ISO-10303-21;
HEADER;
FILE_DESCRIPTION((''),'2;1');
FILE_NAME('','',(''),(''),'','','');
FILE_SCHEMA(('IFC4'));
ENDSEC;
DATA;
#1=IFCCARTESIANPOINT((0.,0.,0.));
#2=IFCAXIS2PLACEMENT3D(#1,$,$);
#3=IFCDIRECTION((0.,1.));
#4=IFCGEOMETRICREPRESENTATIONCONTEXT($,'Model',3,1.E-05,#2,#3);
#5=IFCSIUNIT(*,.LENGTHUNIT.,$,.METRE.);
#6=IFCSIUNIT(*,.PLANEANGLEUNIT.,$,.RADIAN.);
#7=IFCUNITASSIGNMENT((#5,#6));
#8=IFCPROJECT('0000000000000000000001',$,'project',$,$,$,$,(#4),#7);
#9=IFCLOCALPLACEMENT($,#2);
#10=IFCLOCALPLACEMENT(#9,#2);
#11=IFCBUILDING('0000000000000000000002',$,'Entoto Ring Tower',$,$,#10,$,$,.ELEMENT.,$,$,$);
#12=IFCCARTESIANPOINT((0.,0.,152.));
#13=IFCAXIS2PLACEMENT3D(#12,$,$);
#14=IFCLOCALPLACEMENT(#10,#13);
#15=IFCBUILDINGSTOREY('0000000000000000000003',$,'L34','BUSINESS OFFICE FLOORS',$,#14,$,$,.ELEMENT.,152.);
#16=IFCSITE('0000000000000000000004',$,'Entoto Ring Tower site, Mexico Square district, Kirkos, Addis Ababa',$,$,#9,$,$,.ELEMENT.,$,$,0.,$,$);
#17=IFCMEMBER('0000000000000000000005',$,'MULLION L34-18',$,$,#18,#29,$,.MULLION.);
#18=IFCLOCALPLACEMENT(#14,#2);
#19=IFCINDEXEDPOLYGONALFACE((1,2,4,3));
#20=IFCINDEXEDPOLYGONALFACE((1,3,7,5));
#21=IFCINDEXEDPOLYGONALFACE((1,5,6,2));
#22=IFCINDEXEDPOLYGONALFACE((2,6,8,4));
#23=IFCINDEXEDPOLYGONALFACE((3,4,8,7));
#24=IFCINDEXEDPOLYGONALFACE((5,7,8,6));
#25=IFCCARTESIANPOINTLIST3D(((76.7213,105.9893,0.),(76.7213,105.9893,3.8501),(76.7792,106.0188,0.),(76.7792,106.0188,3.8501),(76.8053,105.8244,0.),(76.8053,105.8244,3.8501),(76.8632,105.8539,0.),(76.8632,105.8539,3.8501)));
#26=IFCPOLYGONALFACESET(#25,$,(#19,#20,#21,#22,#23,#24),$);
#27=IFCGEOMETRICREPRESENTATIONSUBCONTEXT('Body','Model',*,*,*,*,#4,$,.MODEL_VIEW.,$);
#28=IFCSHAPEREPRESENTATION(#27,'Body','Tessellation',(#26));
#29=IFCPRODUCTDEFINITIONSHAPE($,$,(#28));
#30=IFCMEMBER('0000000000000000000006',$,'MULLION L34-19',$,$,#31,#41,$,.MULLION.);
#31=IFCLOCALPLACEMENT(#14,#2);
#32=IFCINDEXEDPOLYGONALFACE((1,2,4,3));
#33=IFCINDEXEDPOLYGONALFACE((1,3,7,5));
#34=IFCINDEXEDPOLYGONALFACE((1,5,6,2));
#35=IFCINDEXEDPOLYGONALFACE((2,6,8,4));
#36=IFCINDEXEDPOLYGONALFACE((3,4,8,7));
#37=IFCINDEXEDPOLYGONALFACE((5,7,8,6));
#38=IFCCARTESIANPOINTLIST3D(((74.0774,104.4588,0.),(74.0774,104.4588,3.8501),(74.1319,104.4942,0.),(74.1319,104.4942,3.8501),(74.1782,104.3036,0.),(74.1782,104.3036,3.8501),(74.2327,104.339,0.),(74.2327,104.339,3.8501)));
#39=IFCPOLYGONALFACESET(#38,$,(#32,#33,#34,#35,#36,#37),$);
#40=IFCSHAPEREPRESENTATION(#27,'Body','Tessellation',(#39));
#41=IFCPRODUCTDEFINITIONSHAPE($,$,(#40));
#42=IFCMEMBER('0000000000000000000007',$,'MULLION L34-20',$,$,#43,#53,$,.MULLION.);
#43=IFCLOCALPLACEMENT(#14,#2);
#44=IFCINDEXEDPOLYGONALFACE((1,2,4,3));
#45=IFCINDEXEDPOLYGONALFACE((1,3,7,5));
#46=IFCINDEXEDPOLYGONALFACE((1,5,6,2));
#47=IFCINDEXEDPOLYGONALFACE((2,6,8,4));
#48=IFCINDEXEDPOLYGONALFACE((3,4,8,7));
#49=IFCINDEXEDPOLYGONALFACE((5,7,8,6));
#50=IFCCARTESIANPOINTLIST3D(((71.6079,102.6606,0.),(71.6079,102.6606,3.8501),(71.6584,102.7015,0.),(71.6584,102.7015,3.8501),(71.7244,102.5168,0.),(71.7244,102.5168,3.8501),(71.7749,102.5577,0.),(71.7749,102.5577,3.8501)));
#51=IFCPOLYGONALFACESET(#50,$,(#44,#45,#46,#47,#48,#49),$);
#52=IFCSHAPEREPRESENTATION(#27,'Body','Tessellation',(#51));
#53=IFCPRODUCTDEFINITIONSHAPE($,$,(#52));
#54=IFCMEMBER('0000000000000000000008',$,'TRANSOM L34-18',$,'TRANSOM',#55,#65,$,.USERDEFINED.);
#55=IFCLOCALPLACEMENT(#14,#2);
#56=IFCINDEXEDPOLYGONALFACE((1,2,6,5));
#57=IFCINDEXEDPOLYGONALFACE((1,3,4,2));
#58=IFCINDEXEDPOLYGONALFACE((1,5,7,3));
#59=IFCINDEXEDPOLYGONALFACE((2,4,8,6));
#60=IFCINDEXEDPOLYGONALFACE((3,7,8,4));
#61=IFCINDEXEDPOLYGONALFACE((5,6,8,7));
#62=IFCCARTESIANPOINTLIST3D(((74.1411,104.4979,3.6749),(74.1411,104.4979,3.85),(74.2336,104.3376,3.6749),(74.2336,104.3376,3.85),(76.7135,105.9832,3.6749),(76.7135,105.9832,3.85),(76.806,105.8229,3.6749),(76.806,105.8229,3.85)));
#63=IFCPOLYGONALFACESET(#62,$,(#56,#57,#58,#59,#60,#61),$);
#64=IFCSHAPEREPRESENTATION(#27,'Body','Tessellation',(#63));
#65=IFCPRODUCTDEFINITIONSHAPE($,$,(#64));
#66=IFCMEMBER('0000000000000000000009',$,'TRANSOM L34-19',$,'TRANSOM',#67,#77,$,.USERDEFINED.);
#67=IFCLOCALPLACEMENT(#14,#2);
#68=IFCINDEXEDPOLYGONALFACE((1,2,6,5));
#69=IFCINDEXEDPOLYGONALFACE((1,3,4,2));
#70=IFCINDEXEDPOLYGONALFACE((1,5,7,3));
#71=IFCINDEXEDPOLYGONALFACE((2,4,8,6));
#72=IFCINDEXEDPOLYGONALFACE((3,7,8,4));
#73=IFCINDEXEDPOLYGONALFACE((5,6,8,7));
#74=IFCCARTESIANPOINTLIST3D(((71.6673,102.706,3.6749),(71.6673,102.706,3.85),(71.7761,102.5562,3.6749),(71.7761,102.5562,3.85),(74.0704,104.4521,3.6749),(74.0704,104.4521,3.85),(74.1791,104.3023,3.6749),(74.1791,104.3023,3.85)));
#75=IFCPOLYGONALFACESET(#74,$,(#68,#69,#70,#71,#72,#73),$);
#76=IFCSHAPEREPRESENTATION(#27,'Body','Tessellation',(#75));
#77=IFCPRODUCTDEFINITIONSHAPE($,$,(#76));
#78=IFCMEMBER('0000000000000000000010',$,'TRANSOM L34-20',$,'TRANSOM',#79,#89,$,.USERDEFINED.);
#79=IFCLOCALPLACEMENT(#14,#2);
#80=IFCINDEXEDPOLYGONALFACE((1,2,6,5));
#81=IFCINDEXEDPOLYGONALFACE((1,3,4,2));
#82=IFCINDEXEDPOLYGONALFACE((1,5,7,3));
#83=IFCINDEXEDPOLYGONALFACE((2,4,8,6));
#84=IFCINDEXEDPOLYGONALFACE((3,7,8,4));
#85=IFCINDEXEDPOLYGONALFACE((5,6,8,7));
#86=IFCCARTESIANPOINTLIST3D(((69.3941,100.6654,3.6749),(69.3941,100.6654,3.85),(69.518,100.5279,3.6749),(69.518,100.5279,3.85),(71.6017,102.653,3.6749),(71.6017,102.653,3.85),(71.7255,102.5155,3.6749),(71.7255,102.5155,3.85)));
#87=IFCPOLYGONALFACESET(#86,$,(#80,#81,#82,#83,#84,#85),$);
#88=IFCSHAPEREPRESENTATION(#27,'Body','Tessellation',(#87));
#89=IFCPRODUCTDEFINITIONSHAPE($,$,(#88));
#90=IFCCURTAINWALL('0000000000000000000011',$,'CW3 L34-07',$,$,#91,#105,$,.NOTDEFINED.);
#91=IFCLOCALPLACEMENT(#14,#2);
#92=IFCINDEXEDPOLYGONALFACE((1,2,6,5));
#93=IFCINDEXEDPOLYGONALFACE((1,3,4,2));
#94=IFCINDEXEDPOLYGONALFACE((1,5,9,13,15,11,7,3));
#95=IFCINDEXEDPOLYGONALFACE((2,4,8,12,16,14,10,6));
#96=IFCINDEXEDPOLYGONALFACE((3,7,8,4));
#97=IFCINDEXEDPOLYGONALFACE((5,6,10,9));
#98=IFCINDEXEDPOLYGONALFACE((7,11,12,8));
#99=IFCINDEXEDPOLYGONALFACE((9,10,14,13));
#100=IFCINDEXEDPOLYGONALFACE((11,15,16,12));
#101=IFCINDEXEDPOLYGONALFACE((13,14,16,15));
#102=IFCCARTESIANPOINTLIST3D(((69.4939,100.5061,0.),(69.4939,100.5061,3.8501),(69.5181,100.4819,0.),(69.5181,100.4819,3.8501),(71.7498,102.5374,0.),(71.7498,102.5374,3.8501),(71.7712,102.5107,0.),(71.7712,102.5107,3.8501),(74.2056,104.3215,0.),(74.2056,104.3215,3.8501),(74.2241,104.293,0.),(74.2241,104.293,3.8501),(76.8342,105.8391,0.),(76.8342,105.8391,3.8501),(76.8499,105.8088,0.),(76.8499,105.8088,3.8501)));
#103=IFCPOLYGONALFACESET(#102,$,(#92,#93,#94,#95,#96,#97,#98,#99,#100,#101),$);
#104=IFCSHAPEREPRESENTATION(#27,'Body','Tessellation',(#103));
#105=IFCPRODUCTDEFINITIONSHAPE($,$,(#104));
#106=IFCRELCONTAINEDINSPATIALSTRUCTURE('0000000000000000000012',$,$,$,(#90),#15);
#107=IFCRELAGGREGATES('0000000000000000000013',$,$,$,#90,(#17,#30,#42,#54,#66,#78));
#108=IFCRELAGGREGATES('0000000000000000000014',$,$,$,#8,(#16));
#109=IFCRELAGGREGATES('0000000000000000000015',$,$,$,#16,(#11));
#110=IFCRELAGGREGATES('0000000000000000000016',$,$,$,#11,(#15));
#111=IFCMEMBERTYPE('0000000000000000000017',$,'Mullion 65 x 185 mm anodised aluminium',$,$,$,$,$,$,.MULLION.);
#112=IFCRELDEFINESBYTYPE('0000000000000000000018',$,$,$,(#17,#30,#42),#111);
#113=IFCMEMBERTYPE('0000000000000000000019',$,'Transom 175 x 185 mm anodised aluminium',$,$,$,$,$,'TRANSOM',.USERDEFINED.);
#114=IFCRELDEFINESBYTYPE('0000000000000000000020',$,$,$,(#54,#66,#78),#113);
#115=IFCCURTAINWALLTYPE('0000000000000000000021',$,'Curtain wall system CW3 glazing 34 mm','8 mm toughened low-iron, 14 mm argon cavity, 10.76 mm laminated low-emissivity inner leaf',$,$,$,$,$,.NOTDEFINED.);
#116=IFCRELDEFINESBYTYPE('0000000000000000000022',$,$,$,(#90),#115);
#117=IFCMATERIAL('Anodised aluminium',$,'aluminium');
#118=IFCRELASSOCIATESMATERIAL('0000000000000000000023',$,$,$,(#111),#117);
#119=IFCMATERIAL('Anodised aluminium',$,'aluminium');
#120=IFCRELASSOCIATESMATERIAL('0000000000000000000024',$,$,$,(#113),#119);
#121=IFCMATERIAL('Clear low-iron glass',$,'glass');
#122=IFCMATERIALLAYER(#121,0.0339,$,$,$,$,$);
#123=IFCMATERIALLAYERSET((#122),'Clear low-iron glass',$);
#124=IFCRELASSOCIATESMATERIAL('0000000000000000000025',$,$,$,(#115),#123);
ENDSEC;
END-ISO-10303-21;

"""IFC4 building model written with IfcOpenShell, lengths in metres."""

from ifc_helpers import new_model, si_unit, direction, frame, origin, origin_2d, place, context, subcontext, project, spatial, polyline, rectangle, outline, extrude, material, layer, layer_set, material_profile, profile_set, type_object, element, aggregate, save


model = new_model("IFC4")

# Units and contexts
model_context = context("Model", 3, precision=1e-05, world=origin(), true_north=direction((0.0, 1.0)))
body_context = subcontext(model_context, "Body", "Model", "MODEL_VIEW")
ifc_project = project(units=[si_unit("LENGTHUNIT", "METRE"), si_unit("PLANEANGLEUNIT", "RADIAN")], contexts=[model_context])

# Members
ifc_material_1 = material(Name="Anodised aluminium", Category="aluminium")
ifc_material_profile_1 = material_profile(ifc_material_1, rectangle(XDim=0.0649, YDim=0.1851, at=origin_2d()), Name="Mullion 65 x 185 mm anodised aluminium")
ifc_profile_set_1 = profile_set([ifc_material_profile_1], Name="Anodised aluminium")
member_type_1 = type_object("IfcMemberType", Name="Mullion 65 x 185 mm anodised aluminium", PredefinedType="MULLION", material=ifc_profile_set_1)
site_placement = place(None, origin())
building_placement = place(site_placement, origin())
storey_placement = place(building_placement, frame((0.0, 0.0, 152.0)))
member_1_placement = place(storey_placement, frame((76.7922, 105.9216, 0.0), z_axis=(0.0, 0.0, 1.0), x_axis=(-0.891007, -0.45399, 0.0)))
member_1 = element("IfcMember", 1, at=member_1_placement, type_object=member_type_1, Name="MULLION L34-18", PredefinedType="MULLION", context=body_context, shape_type="SweptSolid", body=[
    extrude(rectangle(XDim=0.0649, YDim=0.1851, at=origin_2d()), origin(), (0.0, 0.0, 1.0), 3.8501),
])
member_2_placement = place(storey_placement, frame((74.155, 104.3989, 0.0), z_axis=(0.0, 0.0, 1.0), x_axis=(-0.838671, -0.544639, 0.0)))
member_2 = element("IfcMember", 2, at=member_2_placement, type_object=member_type_1, Name="MULLION L34-19", PredefinedType="MULLION", context=body_context, shape_type="SweptSolid", body=[
    extrude(rectangle(XDim=0.0649, YDim=0.1851, at=origin_2d()), origin(), (0.0, 0.0, 1.0), 3.8501),
])
member_3_placement = place(storey_placement, frame((71.6914, 102.6091, 0.0), z_axis=(0.0, 0.0, 1.0), x_axis=(-0.777146, -0.62932, 0.0)))
member_3 = element("IfcMember", 3, at=member_3_placement, type_object=member_type_1, Name="MULLION L34-20", PredefinedType="MULLION", context=body_context, shape_type="SweptSolid", body=[
    extrude(rectangle(XDim=0.0649, YDim=0.1851, at=origin_2d()), origin(), (0.0, 0.0, 1.0), 3.8501),
])
ifc_material_2 = material(Name="Anodised aluminium", Category="aluminium")
ifc_material_profile_2 = material_profile(ifc_material_2, rectangle(XDim=0.1851, YDim=0.175, at=origin_2d()), Name="Transom 175 x 185 mm anodised aluminium")
ifc_profile_set_2 = profile_set([ifc_material_profile_2], Name="Anodised aluminium")
member_type_2 = type_object("IfcMemberType", Name="Transom 175 x 185 mm anodised aluminium", ElementType="TRANSOM", PredefinedType="USERDEFINED", material=ifc_profile_set_2)
member_4_placement = place(storey_placement, frame((76.7598, 105.9031, 3.7625), z_axis=(-0.866009, -0.500028, 0.0), x_axis=(0.500028, -0.866009, 0.0)))
member_4 = element("IfcMember", 4, at=member_4_placement, type_object=member_type_2, Name="TRANSOM L34-18", ObjectType="TRANSOM", PredefinedType="USERDEFINED", context=body_context, shape_type="SweptSolid", body=[
    extrude(rectangle(XDim=0.1851, YDim=0.175, at=origin_2d()), origin(), (0.0, 0.0, 1.0), 2.9705),
])
member_5_placement = place(storey_placement, frame((74.1248, 104.3772, 3.7625), z_axis=(-0.808992, -0.58782, 0.0), x_axis=(0.58782, -0.808992, 0.0)))
member_5 = element("IfcMember", 5, at=member_5_placement, type_object=member_type_2, Name="TRANSOM L34-19", ObjectType="TRANSOM", PredefinedType="USERDEFINED", context=body_context, shape_type="SweptSolid", body=[
    extrude(rectangle(XDim=0.1851, YDim=0.175, at=origin_2d()), origin(), (0.0, 0.0, 1.0), 2.9705),
])
member_6_placement = place(storey_placement, frame((71.6636, 102.5842, 3.7625), z_axis=(-0.743163, -0.66911, 0.0), x_axis=(0.66911, -0.743163, 0.0)))
member_6 = element("IfcMember", 6, at=member_6_placement, type_object=member_type_2, Name="TRANSOM L34-20", ObjectType="TRANSOM", PredefinedType="USERDEFINED", context=body_context, shape_type="SweptSolid", body=[
    extrude(rectangle(XDim=0.1851, YDim=0.175, at=origin_2d()), origin(), (0.0, 0.0, 1.0), 2.9705),
])

# Site, building, storey
site = spatial("IfcSite", under=ifc_project, at=site_placement, Name="Entoto Ring Tower site, Mexico Square district, Kirkos, Addis Ababa", CompositionType="ELEMENT", RefElevation=0.0)
building = spatial("IfcBuilding", under=site, at=building_placement, Name="Entoto Ring Tower", CompositionType="ELEMENT")
storey = spatial("IfcBuildingStorey", under=building, at=storey_placement, Name="L34", Description="BUSINESS OFFICE FLOORS", CompositionType="ELEMENT", Elevation=152.0)

# Curtain wall
ifc_material_3 = material(Name="Clear low-iron glass", Category="glass")
ifc_layer = layer(ifc_material_3, 0.0339)
ifc_layer_set = layer_set([ifc_layer], Name="Clear low-iron glass")
curtain_wall_type = type_object("IfcCurtainWallType", Name="Curtain wall system CW3 glazing 34 mm", Description="8 mm toughened low-iron, 14 mm argon cavity, 10.76 mm laminated low-emissivity inner leaf", PredefinedType="NOTDEFINED", material=ifc_layer_set)
curtain_wall_1_placement = place(storey_placement, origin())
curtain_wall_1 = element("IfcCurtainWall", 7, at=curtain_wall_1_placement, inside=storey, type_object=curtain_wall_type, Name="CW3 L34-07", PredefinedType="NOTDEFINED", context=body_context, shape_type="SweptSolid", body=[
    extrude(outline(polyline([(76.8342, 105.8391), (74.2056, 104.3215), (71.7498, 102.5374), (69.4939, 100.5061), (69.5181, 100.4819), (71.7712, 102.5107), (74.2241, 104.293), (76.8499, 105.8088), (76.8342, 105.8391)])), origin(), (0.0, 0.0, 1.0), 3.8501),
])
aggregate(curtain_wall_1, [member_1, member_2, member_3, member_4, member_5, member_6])

save(model, "model.ifc")
